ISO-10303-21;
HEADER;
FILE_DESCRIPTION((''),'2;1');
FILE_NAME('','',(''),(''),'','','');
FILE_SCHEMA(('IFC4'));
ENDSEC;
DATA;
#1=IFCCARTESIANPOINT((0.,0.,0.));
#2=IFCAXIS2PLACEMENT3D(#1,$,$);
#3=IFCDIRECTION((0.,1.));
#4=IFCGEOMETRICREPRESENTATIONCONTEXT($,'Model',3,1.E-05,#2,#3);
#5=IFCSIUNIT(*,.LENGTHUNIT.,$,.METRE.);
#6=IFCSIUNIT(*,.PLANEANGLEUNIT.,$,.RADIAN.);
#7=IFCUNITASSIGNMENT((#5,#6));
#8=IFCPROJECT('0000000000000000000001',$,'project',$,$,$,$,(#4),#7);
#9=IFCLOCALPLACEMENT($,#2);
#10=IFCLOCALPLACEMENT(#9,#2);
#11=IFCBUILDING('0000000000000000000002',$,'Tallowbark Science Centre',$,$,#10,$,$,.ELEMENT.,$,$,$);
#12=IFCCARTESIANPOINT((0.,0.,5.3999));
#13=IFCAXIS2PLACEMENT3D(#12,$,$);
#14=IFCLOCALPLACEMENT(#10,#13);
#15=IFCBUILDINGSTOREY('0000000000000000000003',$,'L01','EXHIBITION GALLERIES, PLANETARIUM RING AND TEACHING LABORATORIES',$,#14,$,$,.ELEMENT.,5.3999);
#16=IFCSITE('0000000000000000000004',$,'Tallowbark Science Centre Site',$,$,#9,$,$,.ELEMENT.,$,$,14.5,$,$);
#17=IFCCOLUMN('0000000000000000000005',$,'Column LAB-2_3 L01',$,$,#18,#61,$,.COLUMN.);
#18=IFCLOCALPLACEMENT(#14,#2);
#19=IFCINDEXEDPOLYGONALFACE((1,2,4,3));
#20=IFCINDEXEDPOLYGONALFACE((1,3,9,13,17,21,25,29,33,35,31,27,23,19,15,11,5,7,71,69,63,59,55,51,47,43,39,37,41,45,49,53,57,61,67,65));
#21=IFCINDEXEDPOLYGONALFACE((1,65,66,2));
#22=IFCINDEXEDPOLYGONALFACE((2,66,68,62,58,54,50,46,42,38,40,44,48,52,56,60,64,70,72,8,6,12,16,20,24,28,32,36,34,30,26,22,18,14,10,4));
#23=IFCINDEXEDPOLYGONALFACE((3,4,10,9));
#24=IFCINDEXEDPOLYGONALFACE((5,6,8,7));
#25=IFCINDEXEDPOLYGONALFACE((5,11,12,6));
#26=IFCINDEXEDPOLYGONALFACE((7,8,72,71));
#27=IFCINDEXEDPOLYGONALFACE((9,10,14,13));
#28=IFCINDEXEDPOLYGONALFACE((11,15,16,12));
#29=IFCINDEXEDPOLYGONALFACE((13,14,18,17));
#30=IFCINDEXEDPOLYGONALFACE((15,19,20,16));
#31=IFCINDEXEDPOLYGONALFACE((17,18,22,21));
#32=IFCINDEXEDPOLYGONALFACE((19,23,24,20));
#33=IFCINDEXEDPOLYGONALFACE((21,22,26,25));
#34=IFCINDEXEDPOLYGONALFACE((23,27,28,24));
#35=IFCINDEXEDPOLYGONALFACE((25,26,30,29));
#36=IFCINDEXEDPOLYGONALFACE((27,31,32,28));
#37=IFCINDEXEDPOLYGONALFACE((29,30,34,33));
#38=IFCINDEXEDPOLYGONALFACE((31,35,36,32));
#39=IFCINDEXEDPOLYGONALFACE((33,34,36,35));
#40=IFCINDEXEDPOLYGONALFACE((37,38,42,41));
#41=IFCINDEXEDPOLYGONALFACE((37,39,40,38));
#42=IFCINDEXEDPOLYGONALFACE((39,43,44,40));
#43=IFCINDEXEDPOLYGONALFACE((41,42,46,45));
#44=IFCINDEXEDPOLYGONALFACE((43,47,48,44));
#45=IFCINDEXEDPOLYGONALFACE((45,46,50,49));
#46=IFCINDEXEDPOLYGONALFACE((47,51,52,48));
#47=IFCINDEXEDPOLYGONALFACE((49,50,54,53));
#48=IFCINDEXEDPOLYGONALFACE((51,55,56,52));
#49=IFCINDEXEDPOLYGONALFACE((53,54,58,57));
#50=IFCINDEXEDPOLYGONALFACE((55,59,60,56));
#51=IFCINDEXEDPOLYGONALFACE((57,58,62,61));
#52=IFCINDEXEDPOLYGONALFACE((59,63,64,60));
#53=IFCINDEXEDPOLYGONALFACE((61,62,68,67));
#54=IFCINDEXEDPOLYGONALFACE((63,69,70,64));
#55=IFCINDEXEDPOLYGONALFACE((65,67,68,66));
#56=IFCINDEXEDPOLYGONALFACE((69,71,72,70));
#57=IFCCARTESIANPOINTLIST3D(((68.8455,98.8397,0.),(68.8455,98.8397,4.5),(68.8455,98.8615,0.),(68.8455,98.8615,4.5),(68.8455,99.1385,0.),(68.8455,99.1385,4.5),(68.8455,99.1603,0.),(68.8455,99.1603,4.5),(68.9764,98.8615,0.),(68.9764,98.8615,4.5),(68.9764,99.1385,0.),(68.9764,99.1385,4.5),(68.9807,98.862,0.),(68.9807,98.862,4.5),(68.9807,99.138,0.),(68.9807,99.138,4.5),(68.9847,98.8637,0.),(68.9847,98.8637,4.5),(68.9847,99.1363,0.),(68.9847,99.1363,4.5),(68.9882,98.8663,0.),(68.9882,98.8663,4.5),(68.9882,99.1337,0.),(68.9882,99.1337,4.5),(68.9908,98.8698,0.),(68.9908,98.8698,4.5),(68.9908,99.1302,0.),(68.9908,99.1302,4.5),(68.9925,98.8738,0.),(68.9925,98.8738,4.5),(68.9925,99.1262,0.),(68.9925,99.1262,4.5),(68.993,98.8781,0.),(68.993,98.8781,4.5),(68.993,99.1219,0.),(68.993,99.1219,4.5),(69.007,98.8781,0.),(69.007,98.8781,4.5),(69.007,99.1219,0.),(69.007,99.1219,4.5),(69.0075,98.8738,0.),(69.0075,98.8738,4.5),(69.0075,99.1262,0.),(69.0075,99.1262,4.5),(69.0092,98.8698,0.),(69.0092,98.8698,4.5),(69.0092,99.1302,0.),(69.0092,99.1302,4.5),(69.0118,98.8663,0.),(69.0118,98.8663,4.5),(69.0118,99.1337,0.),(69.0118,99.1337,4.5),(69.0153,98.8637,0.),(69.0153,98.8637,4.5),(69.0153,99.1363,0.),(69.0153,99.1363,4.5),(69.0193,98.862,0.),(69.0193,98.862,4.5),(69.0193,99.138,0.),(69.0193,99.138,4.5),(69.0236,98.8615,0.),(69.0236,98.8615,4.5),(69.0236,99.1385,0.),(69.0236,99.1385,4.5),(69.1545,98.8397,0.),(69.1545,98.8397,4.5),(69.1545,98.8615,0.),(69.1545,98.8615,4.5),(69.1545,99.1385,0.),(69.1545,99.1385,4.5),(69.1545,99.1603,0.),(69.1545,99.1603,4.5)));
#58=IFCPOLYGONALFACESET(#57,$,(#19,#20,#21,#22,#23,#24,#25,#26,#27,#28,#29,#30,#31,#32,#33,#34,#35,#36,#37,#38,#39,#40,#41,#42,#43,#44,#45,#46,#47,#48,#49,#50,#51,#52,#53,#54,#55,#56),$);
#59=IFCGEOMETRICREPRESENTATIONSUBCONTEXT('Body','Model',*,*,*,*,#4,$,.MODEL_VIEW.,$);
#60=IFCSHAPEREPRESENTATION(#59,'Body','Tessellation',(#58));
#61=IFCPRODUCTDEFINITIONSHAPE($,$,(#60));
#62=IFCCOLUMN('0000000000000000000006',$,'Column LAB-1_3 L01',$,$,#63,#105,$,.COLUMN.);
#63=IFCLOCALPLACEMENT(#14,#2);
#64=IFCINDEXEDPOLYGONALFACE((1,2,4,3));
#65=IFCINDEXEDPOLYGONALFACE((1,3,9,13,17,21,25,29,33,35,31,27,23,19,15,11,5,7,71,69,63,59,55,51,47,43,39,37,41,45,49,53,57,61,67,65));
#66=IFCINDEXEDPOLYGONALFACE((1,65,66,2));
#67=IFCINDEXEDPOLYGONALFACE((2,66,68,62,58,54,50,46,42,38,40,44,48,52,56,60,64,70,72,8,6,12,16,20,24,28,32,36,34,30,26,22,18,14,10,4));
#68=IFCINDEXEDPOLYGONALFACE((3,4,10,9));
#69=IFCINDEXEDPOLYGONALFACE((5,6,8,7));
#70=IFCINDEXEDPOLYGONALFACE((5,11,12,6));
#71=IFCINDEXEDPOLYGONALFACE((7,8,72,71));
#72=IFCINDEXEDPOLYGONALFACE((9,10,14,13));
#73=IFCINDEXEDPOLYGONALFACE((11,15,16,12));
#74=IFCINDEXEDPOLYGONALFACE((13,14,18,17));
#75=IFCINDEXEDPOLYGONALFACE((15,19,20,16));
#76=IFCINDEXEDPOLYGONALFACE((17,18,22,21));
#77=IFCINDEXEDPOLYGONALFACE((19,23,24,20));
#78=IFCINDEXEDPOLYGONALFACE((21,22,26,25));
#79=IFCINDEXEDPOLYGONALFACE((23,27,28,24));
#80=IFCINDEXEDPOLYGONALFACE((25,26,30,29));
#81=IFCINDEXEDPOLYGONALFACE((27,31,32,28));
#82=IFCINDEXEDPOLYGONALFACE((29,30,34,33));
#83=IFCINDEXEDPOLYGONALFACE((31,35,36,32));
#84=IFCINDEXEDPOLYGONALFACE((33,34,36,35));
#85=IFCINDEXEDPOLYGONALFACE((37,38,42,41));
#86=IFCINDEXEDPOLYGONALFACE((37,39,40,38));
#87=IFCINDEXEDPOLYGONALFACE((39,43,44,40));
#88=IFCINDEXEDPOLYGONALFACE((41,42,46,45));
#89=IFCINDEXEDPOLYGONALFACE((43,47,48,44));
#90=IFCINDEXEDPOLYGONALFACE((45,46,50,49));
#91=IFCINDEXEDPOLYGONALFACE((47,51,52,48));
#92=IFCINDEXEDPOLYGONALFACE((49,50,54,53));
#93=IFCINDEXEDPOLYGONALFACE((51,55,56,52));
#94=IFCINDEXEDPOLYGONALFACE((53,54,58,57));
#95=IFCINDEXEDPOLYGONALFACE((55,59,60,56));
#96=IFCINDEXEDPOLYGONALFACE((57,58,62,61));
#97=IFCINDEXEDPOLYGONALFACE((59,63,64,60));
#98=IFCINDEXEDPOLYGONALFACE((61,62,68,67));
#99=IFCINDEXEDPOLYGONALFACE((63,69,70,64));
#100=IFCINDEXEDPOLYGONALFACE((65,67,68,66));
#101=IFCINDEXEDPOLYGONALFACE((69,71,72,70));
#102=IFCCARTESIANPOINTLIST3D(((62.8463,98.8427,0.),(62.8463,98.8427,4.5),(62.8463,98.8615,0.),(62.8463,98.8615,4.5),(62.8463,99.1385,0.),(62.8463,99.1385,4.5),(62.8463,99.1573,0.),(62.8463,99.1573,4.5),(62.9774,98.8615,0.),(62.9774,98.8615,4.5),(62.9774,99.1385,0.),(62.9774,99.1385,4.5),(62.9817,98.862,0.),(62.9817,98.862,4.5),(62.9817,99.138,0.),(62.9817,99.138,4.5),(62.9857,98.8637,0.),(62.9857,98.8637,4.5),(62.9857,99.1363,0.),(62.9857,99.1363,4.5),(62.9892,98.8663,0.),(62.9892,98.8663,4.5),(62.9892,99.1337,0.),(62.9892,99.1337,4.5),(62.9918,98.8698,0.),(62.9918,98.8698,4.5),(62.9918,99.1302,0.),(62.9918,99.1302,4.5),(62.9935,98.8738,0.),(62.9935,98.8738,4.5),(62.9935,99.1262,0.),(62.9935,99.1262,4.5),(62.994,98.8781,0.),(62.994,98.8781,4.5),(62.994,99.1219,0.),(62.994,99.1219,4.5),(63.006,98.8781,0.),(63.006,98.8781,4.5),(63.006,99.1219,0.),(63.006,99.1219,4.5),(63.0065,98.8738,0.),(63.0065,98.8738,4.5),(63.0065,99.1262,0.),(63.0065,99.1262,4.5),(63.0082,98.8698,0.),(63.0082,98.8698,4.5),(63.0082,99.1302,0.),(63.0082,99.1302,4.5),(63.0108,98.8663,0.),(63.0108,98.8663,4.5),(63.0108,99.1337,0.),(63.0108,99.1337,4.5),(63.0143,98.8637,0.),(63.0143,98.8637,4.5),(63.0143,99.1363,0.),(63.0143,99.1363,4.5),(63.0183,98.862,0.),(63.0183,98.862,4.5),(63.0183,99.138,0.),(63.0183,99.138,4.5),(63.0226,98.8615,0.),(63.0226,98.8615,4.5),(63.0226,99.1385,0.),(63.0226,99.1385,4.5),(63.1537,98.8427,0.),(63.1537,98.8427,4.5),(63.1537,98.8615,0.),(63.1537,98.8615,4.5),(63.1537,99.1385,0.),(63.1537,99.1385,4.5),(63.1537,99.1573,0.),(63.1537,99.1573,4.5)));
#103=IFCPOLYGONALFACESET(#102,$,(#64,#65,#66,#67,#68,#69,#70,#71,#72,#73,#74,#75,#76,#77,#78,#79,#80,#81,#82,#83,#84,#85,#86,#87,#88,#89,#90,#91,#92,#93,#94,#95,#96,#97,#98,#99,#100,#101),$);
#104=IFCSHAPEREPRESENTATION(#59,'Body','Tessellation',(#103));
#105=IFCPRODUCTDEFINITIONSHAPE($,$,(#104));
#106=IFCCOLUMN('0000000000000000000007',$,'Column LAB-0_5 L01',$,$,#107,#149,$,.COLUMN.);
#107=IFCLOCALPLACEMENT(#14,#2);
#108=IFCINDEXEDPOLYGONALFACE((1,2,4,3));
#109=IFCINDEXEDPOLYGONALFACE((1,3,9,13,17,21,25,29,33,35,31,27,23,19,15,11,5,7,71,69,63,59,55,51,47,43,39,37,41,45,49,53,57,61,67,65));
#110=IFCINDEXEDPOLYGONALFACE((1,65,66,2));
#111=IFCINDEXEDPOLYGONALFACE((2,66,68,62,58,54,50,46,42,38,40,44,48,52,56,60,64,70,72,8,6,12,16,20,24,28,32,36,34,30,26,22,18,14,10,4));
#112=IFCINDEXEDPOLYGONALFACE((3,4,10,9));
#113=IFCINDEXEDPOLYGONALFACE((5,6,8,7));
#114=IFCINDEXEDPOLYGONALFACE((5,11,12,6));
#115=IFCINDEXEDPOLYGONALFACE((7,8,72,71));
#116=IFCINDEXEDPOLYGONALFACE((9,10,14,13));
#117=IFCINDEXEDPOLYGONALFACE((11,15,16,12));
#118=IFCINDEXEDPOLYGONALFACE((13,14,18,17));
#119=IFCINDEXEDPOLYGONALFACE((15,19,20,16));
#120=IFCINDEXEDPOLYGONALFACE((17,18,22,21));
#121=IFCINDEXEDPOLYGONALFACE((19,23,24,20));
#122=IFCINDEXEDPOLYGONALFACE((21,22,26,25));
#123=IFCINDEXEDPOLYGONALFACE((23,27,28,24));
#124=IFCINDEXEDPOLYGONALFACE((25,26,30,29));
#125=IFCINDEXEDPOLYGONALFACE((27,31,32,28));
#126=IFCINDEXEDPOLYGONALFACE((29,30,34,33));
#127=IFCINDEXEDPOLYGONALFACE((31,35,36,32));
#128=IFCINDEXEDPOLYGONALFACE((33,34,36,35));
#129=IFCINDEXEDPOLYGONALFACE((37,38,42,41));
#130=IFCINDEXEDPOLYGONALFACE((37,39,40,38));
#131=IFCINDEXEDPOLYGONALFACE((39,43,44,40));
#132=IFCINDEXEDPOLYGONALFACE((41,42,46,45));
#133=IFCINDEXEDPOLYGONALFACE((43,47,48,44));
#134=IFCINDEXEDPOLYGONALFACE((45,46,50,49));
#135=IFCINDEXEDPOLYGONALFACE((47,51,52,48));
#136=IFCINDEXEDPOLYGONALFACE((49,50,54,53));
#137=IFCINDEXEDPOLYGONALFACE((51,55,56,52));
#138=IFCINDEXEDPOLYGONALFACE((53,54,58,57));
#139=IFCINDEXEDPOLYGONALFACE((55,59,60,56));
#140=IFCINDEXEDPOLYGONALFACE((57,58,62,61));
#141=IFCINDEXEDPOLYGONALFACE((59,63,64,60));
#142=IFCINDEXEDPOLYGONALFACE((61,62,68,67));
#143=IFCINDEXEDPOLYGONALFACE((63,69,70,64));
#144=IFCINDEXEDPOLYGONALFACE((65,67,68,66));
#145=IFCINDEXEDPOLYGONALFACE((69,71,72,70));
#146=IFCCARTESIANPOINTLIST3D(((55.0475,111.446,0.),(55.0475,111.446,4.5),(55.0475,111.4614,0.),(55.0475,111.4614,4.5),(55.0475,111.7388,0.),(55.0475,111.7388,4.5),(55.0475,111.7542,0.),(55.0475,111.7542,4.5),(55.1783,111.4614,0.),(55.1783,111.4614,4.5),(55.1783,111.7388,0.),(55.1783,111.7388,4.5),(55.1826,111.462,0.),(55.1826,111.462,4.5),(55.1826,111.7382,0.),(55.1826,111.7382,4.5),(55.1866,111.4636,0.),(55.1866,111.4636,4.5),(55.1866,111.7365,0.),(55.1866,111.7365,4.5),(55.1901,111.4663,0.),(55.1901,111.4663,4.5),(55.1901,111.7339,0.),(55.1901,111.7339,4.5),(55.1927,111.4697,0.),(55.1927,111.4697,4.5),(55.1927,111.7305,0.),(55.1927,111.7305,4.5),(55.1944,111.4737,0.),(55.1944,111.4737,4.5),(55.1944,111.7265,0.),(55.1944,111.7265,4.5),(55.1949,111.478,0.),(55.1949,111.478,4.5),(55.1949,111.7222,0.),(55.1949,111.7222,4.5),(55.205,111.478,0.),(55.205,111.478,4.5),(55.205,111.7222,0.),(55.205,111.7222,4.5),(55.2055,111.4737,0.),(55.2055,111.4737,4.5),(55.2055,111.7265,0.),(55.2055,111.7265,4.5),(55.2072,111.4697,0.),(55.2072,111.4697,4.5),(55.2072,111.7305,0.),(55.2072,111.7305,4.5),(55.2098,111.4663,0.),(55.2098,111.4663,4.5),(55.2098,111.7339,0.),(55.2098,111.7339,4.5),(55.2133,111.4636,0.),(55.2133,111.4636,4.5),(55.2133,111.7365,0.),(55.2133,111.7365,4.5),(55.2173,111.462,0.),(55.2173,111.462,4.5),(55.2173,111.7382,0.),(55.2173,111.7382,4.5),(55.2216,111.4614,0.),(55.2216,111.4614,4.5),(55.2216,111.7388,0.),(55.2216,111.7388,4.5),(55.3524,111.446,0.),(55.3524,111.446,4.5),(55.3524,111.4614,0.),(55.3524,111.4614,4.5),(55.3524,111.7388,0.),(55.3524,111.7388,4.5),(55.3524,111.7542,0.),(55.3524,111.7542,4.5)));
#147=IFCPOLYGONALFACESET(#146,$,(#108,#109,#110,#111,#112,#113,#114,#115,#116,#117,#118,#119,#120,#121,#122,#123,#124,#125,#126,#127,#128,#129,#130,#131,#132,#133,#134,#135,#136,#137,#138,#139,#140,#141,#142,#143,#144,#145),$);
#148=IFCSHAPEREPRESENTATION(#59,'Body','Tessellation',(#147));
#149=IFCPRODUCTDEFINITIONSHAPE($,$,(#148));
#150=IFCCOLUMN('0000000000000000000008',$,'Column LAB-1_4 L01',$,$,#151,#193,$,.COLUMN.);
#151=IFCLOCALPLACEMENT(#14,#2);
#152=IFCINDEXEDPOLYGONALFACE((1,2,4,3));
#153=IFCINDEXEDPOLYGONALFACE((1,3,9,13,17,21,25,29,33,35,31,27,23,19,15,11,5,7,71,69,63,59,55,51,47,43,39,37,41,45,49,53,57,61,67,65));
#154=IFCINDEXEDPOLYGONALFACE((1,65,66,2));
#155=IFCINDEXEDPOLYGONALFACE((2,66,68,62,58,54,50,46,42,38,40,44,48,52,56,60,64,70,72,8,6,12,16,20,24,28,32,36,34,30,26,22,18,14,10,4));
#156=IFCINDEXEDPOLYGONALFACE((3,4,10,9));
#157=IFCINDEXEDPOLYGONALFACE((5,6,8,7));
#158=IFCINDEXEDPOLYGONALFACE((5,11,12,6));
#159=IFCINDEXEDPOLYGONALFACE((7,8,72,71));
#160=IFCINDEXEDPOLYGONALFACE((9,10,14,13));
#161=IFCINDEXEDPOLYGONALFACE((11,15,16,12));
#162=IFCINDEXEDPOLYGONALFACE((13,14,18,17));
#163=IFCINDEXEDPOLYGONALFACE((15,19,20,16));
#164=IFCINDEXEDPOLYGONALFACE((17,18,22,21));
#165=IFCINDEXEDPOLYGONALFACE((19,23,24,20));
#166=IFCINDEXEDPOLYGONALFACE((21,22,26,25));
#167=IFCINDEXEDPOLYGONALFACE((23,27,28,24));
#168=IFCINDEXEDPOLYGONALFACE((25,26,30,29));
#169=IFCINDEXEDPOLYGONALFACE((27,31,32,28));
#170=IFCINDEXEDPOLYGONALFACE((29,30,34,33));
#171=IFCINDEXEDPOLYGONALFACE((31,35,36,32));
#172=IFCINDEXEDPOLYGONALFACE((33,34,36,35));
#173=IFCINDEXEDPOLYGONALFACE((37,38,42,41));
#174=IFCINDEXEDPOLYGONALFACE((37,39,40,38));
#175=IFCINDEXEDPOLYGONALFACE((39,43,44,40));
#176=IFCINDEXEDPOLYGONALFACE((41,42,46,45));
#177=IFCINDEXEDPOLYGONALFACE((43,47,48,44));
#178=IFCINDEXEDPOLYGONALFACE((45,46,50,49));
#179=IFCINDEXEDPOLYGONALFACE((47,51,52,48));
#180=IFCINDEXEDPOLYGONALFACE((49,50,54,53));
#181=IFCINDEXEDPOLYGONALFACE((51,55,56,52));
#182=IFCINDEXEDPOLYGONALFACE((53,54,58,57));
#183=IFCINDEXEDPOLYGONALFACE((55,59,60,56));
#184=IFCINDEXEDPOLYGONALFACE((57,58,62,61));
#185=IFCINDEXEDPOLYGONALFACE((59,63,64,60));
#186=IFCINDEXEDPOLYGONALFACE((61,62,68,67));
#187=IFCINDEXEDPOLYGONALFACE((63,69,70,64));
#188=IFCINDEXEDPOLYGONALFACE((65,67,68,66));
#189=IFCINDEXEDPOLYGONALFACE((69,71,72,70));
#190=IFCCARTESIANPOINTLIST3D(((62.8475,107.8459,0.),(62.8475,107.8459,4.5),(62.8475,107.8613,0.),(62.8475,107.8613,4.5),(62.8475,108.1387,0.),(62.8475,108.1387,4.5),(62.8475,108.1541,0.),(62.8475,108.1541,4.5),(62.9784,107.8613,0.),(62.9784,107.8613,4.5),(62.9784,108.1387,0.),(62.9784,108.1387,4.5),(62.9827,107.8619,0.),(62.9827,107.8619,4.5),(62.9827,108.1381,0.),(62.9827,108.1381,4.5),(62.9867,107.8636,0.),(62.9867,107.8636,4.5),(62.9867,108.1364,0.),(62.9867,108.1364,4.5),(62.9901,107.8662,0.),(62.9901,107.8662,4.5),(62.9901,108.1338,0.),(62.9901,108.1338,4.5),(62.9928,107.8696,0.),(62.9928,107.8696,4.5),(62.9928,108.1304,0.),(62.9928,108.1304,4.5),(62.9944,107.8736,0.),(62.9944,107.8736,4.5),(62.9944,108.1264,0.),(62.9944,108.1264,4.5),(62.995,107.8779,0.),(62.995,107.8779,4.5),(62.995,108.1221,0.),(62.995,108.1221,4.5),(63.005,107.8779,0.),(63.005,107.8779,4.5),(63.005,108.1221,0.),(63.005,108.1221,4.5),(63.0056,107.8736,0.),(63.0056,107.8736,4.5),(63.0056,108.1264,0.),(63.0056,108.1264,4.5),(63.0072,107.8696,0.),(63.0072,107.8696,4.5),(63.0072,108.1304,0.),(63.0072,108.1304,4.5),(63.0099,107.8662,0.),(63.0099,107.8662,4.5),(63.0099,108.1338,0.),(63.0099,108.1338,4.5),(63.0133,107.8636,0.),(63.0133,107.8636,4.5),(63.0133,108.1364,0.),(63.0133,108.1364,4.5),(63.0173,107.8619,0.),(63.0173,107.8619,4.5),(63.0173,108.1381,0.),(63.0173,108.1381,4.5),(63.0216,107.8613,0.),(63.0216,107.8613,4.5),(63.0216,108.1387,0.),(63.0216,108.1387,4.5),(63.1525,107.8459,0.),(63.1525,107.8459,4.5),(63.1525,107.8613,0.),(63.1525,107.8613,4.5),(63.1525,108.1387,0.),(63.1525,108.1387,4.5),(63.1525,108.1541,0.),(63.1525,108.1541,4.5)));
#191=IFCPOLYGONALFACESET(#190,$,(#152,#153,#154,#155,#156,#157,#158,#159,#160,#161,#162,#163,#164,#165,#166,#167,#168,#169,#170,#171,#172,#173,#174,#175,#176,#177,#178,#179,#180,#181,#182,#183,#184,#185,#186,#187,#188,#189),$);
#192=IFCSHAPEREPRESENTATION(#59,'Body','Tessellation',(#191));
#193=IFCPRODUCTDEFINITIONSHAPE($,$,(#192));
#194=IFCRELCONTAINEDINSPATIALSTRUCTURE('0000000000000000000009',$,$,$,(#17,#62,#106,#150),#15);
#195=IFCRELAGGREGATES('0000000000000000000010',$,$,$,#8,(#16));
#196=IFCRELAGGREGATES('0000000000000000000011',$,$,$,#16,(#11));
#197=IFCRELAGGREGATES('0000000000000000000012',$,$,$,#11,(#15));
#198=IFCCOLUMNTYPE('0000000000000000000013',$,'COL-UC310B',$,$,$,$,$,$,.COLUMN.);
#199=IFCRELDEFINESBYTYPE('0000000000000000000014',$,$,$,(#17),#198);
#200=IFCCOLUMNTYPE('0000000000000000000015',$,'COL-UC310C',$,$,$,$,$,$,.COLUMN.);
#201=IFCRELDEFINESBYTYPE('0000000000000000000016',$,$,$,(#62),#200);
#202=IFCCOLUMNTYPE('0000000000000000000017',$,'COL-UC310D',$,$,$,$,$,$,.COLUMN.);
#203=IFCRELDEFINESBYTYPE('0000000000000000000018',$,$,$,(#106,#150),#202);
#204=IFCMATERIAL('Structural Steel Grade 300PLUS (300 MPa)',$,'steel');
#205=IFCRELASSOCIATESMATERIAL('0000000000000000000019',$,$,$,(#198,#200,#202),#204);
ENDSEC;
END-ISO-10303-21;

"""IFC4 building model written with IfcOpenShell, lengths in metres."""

from ifc_helpers import new_model, si_unit, direction, frame, origin, origin_2d, place, context, subcontext, project, spatial, i_section, extrude, material, material_profile, profile_set, type_object, element, save


model = new_model("IFC4")

# Units and contexts
model_context = context("Model", 3, precision=1e-05, world=origin(), true_north=direction((0.0, 1.0)))
body_context = subcontext(model_context, "Body", "Model", "MODEL_VIEW")
ifc_project = project(units=[si_unit("LENGTHUNIT", "METRE"), si_unit("PLANEANGLEUNIT", "RADIAN")], contexts=[model_context])

# Site, building, storey
site_placement = place(None, origin())
site = spatial("IfcSite", under=ifc_project, at=site_placement, Name="Tallowbark Science Centre Site", CompositionType="ELEMENT", RefElevation=14.5)
building_placement = place(site_placement, origin())
building = spatial("IfcBuilding", under=site, at=building_placement, Name="Tallowbark Science Centre", CompositionType="ELEMENT")
storey_placement = place(building_placement, frame((0.0, 0.0, 5.3999)))
storey = spatial("IfcBuildingStorey", under=building, at=storey_placement, Name="L01", Description="EXHIBITION GALLERIES, PLANETARIUM RING AND TEACHING LABORATORIES", CompositionType="ELEMENT", Elevation=5.3999)

# Columns
ifc_material_1 = material(Name="Structural Steel Grade 300PLUS (300 MPa)", Category="steel")
ifc_material_profile_1 = material_profile(ifc_material_1, i_section(OverallWidth=0.3091, OverallDepth=0.3206, WebThickness=0.0139, FlangeThickness=0.0217, FilletRadius=0.0166, at=origin_2d()), Name="310UC137")
ifc_profile_set_1 = profile_set([ifc_material_profile_1], Name="Structural Steel Grade 300PLUS (300 MPa)")
column_type_1 = type_object("IfcColumnType", Name="COL-UC310B", PredefinedType="COLUMN", material=ifc_profile_set_1)
column_1_placement = place(storey_placement, frame((69.0, 99.0, 0.0), z_axis=(0.0, 0.0, 1.0), x_axis=(1.0, 0.0, 0.0)))
element("IfcColumn", 1, at=column_1_placement, inside=storey, type_object=column_type_1, Name="Column LAB-2_3 L01", PredefinedType="COLUMN", context=body_context, shape_type="SweptSolid", body=[
    extrude(i_section(OverallWidth=0.3091, OverallDepth=0.3206, WebThickness=0.0139, FlangeThickness=0.0217, FilletRadius=0.0166, at=origin_2d()), origin(), (0.0, 0.0, 1.0), 4.5),
])
ifc_material_profile_2 = material_profile(ifc_material_1, i_section(OverallWidth=0.3074, OverallDepth=0.3147, WebThickness=0.012, FlangeThickness=0.0188, FilletRadius=0.0166, at=origin_2d()), Name="310UC118")
ifc_profile_set_2 = profile_set([ifc_material_profile_2], Name="Structural Steel Grade 300PLUS (300 MPa)")
column_type_2 = type_object("IfcColumnType", Name="COL-UC310C", PredefinedType="COLUMN", material=ifc_profile_set_2)
column_2_placement = place(storey_placement, frame((63.0, 99.0, 0.0), z_axis=(0.0, 0.0, 1.0), x_axis=(1.0, 0.0, 0.0)))
element("IfcColumn", 2, at=column_2_placement, inside=storey, type_object=column_type_2, Name="Column LAB-1_3 L01", PredefinedType="COLUMN", context=body_context, shape_type="SweptSolid", body=[
    extrude(i_section(OverallWidth=0.3074, OverallDepth=0.3147, WebThickness=0.012, FlangeThickness=0.0188, FilletRadius=0.0166, at=origin_2d()), origin(), (0.0, 0.0, 1.0), 4.5),
])
ifc_material_profile_3 = material_profile(ifc_material_1, i_section(OverallWidth=0.3049, OverallDepth=0.3081, WebThickness=0.01, FlangeThickness=0.0154, FilletRadius=0.0166, at=origin_2d()), Name="310UC96.8")
ifc_profile_set_3 = profile_set([ifc_material_profile_3], Name="Structural Steel Grade 300PLUS (300 MPa)")
column_type_3 = type_object("IfcColumnType", Name="COL-UC310D", PredefinedType="COLUMN", material=ifc_profile_set_3)
for number, where, z_axis, x_axis, name in (
    (3, (55.2, 111.6001, 0.0), (0.0, 0.0, 1.0), (1.0, 0.0, 0.0), "Column LAB-0_5 L01"),
    (4, (63.0, 108.0, 0.0), (0.0, 0.0, 1.0), (1.0, 0.0, 0.0), "Column LAB-1_4 L01"),
):
    element("IfcColumn", number, at=place(storey_placement, frame(where, z_axis=z_axis, x_axis=x_axis)), inside=storey, type_object=column_type_3, Name=name, PredefinedType="COLUMN", context=body_context, shape_type="SweptSolid", body=[
        extrude(i_section(OverallWidth=0.3049, OverallDepth=0.3081, WebThickness=0.01, FlangeThickness=0.0154, FilletRadius=0.0166, at=origin_2d()), origin(), (0.0, 0.0, 1.0), 4.5),
    ])

save(model, "model.ifc")
